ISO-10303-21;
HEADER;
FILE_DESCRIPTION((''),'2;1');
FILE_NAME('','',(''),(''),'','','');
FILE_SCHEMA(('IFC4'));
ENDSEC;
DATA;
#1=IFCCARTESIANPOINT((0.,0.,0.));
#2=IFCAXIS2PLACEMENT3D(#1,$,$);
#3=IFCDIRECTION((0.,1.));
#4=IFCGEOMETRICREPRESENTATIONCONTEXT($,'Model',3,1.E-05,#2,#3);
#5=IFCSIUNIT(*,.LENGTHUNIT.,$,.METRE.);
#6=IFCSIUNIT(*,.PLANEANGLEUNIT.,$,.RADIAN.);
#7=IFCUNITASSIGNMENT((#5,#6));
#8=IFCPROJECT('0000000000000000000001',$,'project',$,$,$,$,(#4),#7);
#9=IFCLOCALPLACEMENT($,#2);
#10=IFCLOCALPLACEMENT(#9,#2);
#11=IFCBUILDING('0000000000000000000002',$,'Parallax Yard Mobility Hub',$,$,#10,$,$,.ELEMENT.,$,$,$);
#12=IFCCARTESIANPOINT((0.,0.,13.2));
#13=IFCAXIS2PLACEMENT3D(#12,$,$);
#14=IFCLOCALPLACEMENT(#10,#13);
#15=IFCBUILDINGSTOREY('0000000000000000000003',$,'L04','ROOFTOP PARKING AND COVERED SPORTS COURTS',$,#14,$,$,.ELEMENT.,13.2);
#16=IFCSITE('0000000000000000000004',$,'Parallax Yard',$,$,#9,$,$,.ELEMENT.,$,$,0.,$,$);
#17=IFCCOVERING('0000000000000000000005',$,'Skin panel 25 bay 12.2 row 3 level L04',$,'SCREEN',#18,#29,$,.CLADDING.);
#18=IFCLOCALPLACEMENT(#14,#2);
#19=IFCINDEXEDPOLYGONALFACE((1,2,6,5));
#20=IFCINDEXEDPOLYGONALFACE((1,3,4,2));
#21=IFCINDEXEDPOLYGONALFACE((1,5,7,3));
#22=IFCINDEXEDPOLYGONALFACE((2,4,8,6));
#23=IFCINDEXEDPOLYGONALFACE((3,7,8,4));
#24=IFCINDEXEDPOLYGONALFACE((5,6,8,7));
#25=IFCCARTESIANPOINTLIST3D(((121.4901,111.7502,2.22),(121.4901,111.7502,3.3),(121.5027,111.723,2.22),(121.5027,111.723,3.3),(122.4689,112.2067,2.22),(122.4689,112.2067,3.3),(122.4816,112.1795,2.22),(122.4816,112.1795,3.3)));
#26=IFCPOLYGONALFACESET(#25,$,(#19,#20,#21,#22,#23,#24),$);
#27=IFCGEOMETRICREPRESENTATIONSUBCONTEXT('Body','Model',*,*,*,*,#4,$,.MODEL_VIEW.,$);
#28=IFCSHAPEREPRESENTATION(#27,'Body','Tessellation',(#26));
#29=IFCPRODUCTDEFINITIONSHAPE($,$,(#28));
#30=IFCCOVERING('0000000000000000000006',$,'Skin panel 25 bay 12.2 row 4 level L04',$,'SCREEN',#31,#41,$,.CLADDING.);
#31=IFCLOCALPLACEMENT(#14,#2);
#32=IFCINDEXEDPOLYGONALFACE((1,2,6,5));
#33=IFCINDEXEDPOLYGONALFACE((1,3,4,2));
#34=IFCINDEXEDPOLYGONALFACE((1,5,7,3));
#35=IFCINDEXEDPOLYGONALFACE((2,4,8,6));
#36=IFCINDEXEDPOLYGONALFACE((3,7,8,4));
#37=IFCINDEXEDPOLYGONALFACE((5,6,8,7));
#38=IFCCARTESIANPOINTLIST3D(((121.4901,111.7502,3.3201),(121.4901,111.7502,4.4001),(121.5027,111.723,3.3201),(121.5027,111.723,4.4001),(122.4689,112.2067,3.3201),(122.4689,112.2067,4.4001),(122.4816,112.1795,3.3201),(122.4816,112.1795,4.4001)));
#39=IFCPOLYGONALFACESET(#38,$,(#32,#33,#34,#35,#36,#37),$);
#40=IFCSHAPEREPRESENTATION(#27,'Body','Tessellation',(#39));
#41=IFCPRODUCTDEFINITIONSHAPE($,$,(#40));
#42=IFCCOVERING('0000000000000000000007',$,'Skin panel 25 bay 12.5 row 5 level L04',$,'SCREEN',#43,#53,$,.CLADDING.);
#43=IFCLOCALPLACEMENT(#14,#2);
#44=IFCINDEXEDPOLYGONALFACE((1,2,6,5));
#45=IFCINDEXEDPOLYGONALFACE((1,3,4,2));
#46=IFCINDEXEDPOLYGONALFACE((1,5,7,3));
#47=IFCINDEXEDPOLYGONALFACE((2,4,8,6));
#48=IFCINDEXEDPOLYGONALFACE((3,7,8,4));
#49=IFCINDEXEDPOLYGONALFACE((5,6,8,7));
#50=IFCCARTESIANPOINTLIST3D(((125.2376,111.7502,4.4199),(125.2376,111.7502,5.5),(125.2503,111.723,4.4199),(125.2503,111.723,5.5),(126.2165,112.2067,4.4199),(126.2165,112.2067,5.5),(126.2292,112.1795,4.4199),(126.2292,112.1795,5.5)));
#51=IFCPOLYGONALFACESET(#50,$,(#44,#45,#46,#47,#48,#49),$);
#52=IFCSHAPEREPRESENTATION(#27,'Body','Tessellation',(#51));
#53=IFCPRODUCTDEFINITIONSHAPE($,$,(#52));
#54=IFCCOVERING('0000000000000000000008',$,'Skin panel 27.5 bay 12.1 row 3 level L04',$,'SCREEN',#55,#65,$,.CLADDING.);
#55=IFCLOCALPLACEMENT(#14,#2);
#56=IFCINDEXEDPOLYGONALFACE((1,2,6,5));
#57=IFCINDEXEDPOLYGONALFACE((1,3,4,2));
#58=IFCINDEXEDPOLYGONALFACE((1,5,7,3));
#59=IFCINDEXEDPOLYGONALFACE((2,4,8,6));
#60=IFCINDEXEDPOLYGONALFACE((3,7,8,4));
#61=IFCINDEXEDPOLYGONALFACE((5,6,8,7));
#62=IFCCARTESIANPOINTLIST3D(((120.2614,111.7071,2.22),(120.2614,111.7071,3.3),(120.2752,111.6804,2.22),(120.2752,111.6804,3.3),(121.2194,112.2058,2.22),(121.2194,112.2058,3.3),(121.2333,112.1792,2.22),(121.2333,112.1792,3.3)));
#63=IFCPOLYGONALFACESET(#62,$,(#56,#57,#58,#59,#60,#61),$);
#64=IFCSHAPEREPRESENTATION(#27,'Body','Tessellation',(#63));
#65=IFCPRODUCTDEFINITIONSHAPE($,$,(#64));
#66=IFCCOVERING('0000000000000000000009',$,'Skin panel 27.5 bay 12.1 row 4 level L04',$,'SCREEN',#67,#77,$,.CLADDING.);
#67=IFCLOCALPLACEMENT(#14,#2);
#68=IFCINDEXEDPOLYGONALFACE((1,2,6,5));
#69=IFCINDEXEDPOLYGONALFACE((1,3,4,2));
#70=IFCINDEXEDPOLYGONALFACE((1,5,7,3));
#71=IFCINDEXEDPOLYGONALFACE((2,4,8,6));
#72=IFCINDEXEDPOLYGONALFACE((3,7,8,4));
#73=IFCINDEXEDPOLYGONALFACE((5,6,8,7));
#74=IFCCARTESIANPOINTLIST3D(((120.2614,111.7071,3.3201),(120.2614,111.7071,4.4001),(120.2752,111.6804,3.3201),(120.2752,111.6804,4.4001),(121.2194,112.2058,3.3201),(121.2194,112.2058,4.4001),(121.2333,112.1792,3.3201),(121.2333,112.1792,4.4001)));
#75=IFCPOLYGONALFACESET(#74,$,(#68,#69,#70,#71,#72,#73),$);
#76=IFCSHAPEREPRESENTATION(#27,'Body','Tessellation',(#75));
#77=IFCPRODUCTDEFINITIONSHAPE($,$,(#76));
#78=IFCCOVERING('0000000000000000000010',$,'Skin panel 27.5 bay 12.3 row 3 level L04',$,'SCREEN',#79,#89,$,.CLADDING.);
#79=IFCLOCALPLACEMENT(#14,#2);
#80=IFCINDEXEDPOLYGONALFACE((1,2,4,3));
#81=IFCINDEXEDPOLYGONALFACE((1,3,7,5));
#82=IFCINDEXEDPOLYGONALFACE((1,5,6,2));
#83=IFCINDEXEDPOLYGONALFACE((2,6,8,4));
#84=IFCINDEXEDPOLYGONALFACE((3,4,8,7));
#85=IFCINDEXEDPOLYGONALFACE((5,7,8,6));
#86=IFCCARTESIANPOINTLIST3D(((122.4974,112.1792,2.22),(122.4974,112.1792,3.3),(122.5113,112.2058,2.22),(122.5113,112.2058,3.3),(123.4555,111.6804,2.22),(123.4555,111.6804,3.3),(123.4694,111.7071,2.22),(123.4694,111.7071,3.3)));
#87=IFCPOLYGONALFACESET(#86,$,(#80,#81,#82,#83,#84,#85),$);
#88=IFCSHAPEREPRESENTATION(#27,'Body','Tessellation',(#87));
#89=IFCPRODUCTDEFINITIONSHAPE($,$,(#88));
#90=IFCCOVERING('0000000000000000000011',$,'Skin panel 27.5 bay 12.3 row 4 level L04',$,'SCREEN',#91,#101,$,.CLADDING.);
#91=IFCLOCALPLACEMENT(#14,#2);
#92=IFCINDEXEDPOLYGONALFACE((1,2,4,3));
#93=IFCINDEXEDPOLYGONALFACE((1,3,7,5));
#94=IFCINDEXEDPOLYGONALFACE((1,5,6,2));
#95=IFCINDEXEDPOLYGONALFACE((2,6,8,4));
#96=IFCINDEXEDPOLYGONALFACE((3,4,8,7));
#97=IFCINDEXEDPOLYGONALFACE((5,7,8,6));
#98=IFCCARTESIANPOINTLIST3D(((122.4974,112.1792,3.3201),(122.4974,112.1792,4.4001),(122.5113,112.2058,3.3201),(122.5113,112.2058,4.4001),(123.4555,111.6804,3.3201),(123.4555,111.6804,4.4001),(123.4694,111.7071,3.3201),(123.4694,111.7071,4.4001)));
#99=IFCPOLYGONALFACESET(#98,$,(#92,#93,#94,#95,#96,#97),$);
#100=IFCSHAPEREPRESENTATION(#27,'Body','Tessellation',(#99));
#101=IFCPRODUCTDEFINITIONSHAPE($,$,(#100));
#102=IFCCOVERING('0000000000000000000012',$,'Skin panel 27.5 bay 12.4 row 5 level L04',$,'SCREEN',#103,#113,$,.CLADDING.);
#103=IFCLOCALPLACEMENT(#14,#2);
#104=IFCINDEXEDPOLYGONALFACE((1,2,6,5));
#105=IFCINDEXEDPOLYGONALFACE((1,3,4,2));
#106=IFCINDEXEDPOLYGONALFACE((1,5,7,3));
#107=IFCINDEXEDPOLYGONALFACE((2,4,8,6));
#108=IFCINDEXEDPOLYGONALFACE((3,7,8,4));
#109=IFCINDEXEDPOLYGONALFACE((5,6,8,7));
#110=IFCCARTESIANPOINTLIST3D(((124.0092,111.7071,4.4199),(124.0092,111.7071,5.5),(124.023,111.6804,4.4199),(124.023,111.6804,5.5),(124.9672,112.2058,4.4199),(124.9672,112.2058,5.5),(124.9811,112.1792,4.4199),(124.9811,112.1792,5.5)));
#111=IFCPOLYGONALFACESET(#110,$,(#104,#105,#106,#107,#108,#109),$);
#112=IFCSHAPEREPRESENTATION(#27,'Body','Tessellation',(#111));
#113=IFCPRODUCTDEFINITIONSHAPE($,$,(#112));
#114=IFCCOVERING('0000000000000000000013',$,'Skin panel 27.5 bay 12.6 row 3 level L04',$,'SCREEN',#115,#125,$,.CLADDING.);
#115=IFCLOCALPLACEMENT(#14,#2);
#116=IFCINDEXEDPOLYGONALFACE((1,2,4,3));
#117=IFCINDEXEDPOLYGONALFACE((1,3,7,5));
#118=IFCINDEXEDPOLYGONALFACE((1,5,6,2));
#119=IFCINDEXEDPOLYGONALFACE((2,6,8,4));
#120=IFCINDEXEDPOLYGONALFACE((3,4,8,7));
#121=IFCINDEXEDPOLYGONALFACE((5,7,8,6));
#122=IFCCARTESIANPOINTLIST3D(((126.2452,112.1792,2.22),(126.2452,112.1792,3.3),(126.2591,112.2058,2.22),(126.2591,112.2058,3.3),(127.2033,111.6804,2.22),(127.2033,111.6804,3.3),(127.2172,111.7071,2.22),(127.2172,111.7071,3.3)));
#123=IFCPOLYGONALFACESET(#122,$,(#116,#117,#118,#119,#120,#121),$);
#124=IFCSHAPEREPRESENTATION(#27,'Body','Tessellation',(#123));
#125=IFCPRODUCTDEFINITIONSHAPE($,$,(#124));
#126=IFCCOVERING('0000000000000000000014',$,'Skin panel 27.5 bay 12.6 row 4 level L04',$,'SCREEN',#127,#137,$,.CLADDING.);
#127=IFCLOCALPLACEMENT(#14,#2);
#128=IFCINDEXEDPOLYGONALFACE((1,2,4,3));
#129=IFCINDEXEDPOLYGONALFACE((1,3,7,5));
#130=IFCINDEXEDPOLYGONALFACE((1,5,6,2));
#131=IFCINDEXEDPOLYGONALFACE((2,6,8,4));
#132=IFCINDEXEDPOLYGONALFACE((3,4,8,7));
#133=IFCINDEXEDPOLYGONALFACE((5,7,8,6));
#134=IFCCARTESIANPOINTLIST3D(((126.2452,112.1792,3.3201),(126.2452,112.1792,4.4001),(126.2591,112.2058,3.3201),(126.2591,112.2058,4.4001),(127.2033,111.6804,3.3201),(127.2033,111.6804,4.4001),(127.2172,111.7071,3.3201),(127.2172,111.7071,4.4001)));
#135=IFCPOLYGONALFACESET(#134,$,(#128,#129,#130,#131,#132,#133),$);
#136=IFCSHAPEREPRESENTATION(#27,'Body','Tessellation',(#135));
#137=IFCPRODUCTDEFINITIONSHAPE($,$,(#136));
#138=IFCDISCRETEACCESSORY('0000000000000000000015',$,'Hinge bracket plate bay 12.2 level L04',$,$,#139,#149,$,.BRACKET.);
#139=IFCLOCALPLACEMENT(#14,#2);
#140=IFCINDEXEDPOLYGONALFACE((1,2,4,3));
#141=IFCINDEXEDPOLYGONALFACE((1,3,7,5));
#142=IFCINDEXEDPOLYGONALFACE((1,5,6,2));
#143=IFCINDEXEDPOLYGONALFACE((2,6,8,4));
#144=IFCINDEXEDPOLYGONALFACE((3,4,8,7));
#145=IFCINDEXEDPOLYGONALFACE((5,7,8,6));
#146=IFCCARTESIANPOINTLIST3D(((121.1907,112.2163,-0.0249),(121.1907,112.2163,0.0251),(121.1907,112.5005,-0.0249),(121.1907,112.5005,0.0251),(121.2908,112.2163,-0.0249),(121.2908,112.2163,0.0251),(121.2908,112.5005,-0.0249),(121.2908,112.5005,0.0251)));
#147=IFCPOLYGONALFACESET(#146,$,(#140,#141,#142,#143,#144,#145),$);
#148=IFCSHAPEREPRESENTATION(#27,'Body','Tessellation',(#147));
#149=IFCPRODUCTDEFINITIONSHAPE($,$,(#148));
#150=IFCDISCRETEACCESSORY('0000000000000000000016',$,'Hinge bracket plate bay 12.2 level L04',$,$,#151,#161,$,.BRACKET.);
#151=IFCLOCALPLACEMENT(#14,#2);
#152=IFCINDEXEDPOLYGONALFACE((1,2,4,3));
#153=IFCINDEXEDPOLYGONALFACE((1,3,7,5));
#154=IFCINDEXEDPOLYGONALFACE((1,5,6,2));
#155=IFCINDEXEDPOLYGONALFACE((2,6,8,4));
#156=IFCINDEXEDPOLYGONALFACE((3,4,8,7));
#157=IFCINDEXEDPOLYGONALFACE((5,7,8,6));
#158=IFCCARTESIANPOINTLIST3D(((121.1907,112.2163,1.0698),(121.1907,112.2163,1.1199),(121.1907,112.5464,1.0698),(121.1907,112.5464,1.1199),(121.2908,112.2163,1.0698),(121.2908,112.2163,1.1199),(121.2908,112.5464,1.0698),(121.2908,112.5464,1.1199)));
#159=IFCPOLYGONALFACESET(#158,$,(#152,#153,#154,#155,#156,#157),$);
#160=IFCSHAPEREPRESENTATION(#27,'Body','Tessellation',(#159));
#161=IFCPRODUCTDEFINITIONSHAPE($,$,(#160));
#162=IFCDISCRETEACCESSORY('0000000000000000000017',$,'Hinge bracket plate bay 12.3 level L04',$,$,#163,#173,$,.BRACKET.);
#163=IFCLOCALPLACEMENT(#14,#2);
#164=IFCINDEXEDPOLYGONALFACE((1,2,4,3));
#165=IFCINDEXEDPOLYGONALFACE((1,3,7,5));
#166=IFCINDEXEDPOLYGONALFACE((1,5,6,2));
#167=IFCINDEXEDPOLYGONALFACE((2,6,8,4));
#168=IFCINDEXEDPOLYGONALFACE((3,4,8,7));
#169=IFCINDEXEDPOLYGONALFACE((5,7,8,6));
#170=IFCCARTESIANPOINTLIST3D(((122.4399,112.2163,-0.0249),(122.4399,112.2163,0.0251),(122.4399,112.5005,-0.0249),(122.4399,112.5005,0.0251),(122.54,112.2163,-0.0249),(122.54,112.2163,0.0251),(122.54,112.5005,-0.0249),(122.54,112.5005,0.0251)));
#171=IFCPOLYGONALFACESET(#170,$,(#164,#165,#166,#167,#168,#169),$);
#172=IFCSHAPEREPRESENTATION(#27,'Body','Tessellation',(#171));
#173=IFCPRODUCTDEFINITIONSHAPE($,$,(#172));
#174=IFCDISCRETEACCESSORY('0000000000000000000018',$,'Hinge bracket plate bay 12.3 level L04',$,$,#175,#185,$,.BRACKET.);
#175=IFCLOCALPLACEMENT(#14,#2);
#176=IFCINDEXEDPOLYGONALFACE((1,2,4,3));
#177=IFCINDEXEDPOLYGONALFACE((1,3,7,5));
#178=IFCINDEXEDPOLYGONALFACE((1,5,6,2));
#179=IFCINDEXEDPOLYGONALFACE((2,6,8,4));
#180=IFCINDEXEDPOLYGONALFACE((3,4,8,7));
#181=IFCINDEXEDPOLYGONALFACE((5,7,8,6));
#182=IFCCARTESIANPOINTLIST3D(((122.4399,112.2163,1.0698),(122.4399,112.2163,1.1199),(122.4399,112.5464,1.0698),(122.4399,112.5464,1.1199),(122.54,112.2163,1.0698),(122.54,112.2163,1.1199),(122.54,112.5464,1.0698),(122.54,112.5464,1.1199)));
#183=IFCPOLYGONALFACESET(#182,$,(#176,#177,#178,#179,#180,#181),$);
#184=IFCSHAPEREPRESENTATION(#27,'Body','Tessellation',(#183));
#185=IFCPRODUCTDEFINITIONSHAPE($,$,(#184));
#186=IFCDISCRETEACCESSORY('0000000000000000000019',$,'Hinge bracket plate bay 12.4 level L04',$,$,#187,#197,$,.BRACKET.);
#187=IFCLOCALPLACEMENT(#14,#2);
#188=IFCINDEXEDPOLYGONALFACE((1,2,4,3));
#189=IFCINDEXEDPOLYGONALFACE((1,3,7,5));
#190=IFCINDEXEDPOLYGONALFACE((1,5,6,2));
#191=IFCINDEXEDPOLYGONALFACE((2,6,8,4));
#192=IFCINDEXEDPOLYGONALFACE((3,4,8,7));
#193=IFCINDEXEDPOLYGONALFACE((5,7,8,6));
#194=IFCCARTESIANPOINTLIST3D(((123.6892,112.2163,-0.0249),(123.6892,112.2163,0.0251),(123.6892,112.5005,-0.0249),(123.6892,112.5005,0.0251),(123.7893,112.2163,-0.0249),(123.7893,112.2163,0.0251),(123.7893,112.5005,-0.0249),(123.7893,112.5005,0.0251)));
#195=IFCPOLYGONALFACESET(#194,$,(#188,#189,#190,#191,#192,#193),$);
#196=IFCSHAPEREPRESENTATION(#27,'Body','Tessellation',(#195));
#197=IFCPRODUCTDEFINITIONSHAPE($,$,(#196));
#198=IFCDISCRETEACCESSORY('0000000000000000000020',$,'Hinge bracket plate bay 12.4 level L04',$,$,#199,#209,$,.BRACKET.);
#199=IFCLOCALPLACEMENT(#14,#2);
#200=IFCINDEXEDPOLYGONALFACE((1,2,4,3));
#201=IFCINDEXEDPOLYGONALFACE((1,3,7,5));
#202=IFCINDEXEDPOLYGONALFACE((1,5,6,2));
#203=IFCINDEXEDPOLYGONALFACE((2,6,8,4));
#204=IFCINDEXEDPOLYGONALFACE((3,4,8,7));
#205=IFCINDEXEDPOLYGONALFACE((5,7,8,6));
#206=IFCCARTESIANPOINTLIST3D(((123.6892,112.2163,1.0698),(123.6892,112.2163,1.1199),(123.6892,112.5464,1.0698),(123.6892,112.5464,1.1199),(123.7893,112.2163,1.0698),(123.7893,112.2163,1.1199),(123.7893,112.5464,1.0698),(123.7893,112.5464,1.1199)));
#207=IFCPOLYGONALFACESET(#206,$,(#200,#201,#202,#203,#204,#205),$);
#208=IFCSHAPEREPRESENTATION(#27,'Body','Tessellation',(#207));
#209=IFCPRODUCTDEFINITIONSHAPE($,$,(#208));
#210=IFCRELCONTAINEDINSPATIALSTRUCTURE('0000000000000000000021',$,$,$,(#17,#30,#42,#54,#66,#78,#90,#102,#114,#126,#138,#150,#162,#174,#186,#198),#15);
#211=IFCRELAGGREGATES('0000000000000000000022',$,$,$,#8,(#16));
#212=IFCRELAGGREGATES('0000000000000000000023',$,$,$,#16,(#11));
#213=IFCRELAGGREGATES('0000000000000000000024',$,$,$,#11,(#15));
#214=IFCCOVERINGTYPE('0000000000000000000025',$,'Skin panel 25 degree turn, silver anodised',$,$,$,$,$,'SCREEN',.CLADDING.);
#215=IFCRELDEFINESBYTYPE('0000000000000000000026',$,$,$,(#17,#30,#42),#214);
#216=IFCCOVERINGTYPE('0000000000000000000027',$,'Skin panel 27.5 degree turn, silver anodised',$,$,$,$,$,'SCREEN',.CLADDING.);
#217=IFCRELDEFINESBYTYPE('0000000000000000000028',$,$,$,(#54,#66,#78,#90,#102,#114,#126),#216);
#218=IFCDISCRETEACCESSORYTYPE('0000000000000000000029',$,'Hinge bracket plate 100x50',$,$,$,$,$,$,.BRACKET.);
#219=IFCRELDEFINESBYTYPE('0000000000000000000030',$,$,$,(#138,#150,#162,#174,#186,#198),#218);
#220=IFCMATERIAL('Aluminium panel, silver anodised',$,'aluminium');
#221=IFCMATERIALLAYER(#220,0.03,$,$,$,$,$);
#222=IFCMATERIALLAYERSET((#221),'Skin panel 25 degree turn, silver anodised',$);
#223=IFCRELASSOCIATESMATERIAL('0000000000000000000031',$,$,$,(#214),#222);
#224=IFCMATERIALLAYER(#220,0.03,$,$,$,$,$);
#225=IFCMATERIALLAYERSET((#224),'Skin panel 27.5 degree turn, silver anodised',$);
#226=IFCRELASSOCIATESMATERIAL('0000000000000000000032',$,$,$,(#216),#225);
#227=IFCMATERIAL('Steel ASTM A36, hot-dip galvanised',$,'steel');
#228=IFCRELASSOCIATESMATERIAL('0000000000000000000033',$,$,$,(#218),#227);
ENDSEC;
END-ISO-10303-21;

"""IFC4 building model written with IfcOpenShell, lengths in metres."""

from ifc_helpers import new_model, si_unit, direction, frame, origin, origin_2d, place, context, subcontext, project, spatial, rectangle, extrude, material, layer, layer_set, type_object, element, save


model = new_model("IFC4")

# Units and contexts
model_context = context("Model", 3, precision=1e-05, world=origin(), true_north=direction((0.0, 1.0)))
body_context = subcontext(model_context, "Body", "Model", "MODEL_VIEW")
ifc_project = project(units=[si_unit("LENGTHUNIT", "METRE"), si_unit("PLANEANGLEUNIT", "RADIAN")], contexts=[model_context])

# Site, building, storey
site_placement = place(None, origin())
site = spatial("IfcSite", under=ifc_project, at=site_placement, Name="Parallax Yard", CompositionType="ELEMENT", RefElevation=0.0)
building_placement = place(site_placement, origin())
building = spatial("IfcBuilding", under=site, at=building_placement, Name="Parallax Yard Mobility Hub", CompositionType="ELEMENT")
storey_placement = place(building_placement, frame((0.0, 0.0, 13.2)))
storey = spatial("IfcBuildingStorey", under=building, at=storey_placement, Name="L04", Description="ROOFTOP PARKING AND COVERED SPORTS COURTS", CompositionType="ELEMENT", Elevation=13.2)

# Coverings
ifc_material_1 = material(Name="Aluminium panel, silver anodised", Category="aluminium")
ifc_layer_1 = layer(ifc_material_1, 0.03)
ifc_layer_set_1 = layer_set([ifc_layer_1], Name="Skin panel 25 degree turn, silver anodised")
covering_type_1 = type_object("IfcCoveringType", Name="Skin panel 25 degree turn, silver anodised", ElementType="SCREEN", PredefinedType="CLADDING", material=ifc_layer_set_1)
for number, where, z_axis, x_axis, name in (
    (1, (121.9858, 111.9648, 2.22), (0.0, 0.0, 1.0), (-0.906308, -0.422618, 0.0), "Skin panel 25 bay 12.2 row 3 level L04"),
    (2, (121.9858, 111.9648, 3.3201), (0.0, 0.0, 1.0), (-0.906308, -0.422618, 0.0), "Skin panel 25 bay 12.2 row 4 level L04"),
    (3, (125.7334, 111.9648, 4.4199), (0.0, 0.0, 1.0), (-0.906308, -0.422618, 0.0), "Skin panel 25 bay 12.5 row 5 level L04"),
):
    element("IfcCovering", number, at=place(storey_placement, frame(where, z_axis=z_axis, x_axis=x_axis)), inside=storey, type_object=covering_type_1, Name=name, ObjectType="SCREEN", PredefinedType="CLADDING", context=body_context, shape_type="SweptSolid", body=[
        extrude(rectangle(XDim=1.0801, YDim=0.03, at=origin_2d()), origin(), (0.0, 0.0, 1.0), 1.0801),
    ])
ifc_layer_2 = layer(ifc_material_1, 0.03)
ifc_layer_set_2 = layer_set([ifc_layer_2], Name="Skin panel 27.5 degree turn, silver anodised")
covering_type_2 = type_object("IfcCoveringType", Name="Skin panel 27.5 degree turn, silver anodised", ElementType="SCREEN", PredefinedType="CLADDING", material=ifc_layer_set_2)
for number, where, z_axis, x_axis, name in (
    (4, (120.7473, 111.9431, 2.22), (0.0, 0.0, 1.0), (-0.887011, -0.461749, 0.0), "Skin panel 27.5 bay 12.1 row 3 level L04"),
    (5, (120.7473, 111.9431, 3.3201), (0.0, 0.0, 1.0), (-0.887011, -0.461749, 0.0), "Skin panel 27.5 bay 12.1 row 4 level L04"),
    (6, (122.9834, 111.9431, 2.22), (0.0, 0.0, 1.0), (0.887011, -0.461749, 0.0), "Skin panel 27.5 bay 12.3 row 3 level L04"),
    (7, (122.9834, 111.9431, 3.3201), (0.0, 0.0, 1.0), (0.887011, -0.461749, 0.0), "Skin panel 27.5 bay 12.3 row 4 level L04"),
    (8, (124.4951, 111.9431, 4.4199), (0.0, 0.0, 1.0), (-0.887011, -0.461749, 0.0), "Skin panel 27.5 bay 12.4 row 5 level L04"),
    (9, (126.7312, 111.9431, 2.22), (0.0, 0.0, 1.0), (0.887011, -0.461749, 0.0), "Skin panel 27.5 bay 12.6 row 3 level L04"),
    (10, (126.7312, 111.9431, 3.3201), (0.0, 0.0, 1.0), (0.887011, -0.461749, 0.0), "Skin panel 27.5 bay 12.6 row 4 level L04"),
):
    element("IfcCovering", number, at=place(storey_placement, frame(where, z_axis=z_axis, x_axis=x_axis)), inside=storey, type_object=covering_type_2, Name=name, ObjectType="SCREEN", PredefinedType="CLADDING", context=body_context, shape_type="SweptSolid", body=[
        extrude(rectangle(XDim=1.0801, YDim=0.03, at=origin_2d()), origin(), (0.0, 0.0, 1.0), 1.0801),
    ])

# Discrete accessories
ifc_material_2 = material(Name="Steel ASTM A36, hot-dip galvanised", Category="steel")
discrete_accessory_type_1 = type_object("IfcDiscreteAccessoryType", Name="Hinge bracket plate 100x50", PredefinedType="BRACKET", material=ifc_material_2)
discrete_accessory_1_placement = place(storey_placement, frame((121.2407, 112.3584, -0.0249), z_axis=(0.0, 0.0, 1.0), x_axis=(0.0, -1.0, 0.0)))
element("IfcDiscreteAccessory", 11, at=discrete_accessory_1_placement, inside=storey, type_object=discrete_accessory_type_1, Name="Hinge bracket plate bay 12.2 level L04", PredefinedType="BRACKET", context=body_context, shape_type="SweptSolid", body=[
    extrude(rectangle(XDim=0.2842, YDim=0.1001, at=origin_2d()), origin(), (0.0, 0.0, 1.0), 0.05),
])
discrete_accessory_2_placement = place(storey_placement, frame((121.2407, 112.3813, 1.0698), z_axis=(0.0, 0.0, 1.0), x_axis=(0.0, -1.0, 0.0)))
element("IfcDiscreteAccessory", 12, at=discrete_accessory_2_placement, inside=storey, type_object=discrete_accessory_type_1, Name="Hinge bracket plate bay 12.2 level L04", PredefinedType="BRACKET", context=body_context, shape_type="SweptSolid", body=[
    extrude(rectangle(XDim=0.3301, YDim=0.1001, at=origin_2d()), origin(), (0.0, 0.0, 1.0), 0.05),
])
discrete_accessory_3_placement = place(storey_placement, frame((122.49, 112.3584, -0.0249), z_axis=(0.0, 0.0, 1.0), x_axis=(0.0, -1.0, 0.0)))
element("IfcDiscreteAccessory", 13, at=discrete_accessory_3_placement, inside=storey, type_object=discrete_accessory_type_1, Name="Hinge bracket plate bay 12.3 level L04", PredefinedType="BRACKET", context=body_context, shape_type="SweptSolid", body=[
    extrude(rectangle(XDim=0.2842, YDim=0.1001, at=origin_2d()), origin(), (0.0, 0.0, 1.0), 0.05),
])
discrete_accessory_4_placement = place(storey_placement, frame((122.49, 112.3813, 1.0698), z_axis=(0.0, 0.0, 1.0), x_axis=(0.0, -1.0, 0.0)))
element("IfcDiscreteAccessory", 14, at=discrete_accessory_4_placement, inside=storey, type_object=discrete_accessory_type_1, Name="Hinge bracket plate bay 12.3 level L04", PredefinedType="BRACKET", context=body_context, shape_type="SweptSolid", body=[
    extrude(rectangle(XDim=0.3301, YDim=0.1001, at=origin_2d()), origin(), (0.0, 0.0, 1.0), 0.05),
])
discrete_accessory_5_placement = place(storey_placement, frame((123.7393, 112.3584, -0.0249), z_axis=(0.0, 0.0, 1.0), x_axis=(0.0, -1.0, 0.0)))
element("IfcDiscreteAccessory", 15, at=discrete_accessory_5_placement, inside=storey, type_object=discrete_accessory_type_1, Name="Hinge bracket plate bay 12.4 level L04", PredefinedType="BRACKET", context=body_context, shape_type="SweptSolid", body=[
    extrude(rectangle(XDim=0.2842, YDim=0.1001, at=origin_2d()), origin(), (0.0, 0.0, 1.0), 0.05),
])
discrete_accessory_6_placement = place(storey_placement, frame((123.7393, 112.3813, 1.0698), z_axis=(0.0, 0.0, 1.0), x_axis=(0.0, -1.0, 0.0)))
element("IfcDiscreteAccessory", 16, at=discrete_accessory_6_placement, inside=storey, type_object=discrete_accessory_type_1, Name="Hinge bracket plate bay 12.4 level L04", PredefinedType="BRACKET", context=body_context, shape_type="SweptSolid", body=[
    extrude(rectangle(XDim=0.3301, YDim=0.1001, at=origin_2d()), origin(), (0.0, 0.0, 1.0), 0.05),
])

save(model, "model.ifc")
